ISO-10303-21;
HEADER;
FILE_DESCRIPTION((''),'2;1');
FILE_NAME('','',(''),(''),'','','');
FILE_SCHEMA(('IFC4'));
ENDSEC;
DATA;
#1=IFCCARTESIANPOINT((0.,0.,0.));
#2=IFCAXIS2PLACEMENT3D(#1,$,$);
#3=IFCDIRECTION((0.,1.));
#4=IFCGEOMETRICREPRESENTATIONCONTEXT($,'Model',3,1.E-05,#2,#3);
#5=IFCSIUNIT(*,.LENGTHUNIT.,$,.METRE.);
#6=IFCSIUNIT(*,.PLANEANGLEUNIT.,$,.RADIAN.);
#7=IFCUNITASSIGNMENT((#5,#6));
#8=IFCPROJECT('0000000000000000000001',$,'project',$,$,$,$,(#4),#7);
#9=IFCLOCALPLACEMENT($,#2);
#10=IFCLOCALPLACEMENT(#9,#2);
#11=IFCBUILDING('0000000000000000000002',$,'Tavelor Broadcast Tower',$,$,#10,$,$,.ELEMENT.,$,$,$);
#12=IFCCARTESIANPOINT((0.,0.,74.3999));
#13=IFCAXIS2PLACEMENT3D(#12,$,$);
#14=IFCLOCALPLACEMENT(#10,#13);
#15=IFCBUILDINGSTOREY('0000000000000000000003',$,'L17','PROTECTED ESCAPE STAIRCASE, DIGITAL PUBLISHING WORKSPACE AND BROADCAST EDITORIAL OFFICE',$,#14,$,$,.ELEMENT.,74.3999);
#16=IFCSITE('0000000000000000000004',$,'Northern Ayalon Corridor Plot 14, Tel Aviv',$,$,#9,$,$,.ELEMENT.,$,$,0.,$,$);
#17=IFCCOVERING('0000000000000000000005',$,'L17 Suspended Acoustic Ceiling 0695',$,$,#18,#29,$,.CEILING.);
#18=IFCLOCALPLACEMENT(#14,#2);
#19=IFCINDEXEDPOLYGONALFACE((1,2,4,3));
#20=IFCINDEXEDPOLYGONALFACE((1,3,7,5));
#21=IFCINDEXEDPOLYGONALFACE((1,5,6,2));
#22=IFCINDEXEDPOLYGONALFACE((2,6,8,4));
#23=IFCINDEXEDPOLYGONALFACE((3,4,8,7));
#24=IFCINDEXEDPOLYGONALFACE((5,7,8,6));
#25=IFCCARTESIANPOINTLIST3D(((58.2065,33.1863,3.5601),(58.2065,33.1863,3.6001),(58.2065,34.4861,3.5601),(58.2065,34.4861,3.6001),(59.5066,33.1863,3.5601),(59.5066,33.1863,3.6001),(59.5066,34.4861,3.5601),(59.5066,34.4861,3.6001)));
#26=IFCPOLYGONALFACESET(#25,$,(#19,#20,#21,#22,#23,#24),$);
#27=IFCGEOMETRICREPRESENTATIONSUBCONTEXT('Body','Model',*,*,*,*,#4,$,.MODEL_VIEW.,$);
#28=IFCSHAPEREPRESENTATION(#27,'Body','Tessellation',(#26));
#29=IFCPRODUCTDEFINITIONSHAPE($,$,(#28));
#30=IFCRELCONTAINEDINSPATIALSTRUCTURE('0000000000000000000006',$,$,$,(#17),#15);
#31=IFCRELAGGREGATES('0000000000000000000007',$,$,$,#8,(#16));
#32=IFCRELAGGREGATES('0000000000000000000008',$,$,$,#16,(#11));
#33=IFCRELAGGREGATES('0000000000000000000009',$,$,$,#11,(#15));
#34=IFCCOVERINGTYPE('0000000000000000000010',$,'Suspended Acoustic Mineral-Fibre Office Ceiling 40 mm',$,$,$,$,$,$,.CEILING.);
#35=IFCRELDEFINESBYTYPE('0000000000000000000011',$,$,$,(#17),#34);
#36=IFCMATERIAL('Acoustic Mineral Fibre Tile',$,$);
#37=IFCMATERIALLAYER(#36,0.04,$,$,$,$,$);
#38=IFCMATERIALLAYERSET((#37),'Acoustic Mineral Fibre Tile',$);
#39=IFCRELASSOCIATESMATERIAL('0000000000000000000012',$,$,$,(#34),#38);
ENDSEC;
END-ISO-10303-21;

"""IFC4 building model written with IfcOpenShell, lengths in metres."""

from ifc_helpers import new_model, si_unit, direction, frame, origin, place, context, subcontext, project, spatial, polyline, outline, extrude, material, layer, layer_set, type_object, element, save


model = new_model("IFC4")

# Units and contexts
model_context = context("Model", 3, precision=1e-05, world=origin(), true_north=direction((0.0, 1.0)))
body_context = subcontext(model_context, "Body", "Model", "MODEL_VIEW")
ifc_project = project(units=[si_unit("LENGTHUNIT", "METRE"), si_unit("PLANEANGLEUNIT", "RADIAN")], contexts=[model_context])

# Site, building, storey
site_placement = place(None, origin())
site = spatial("IfcSite", under=ifc_project, at=site_placement, Name="Northern Ayalon Corridor Plot 14, Tel Aviv", CompositionType="ELEMENT", RefElevation=0.0)
building_placement = place(site_placement, origin())
building = spatial("IfcBuilding", under=site, at=building_placement, Name="Tavelor Broadcast Tower", CompositionType="ELEMENT")
storey_placement = place(building_placement, frame((0.0, 0.0, 74.3999)))
storey = spatial("IfcBuildingStorey", under=building, at=storey_placement, Name="L17", Description="PROTECTED ESCAPE STAIRCASE, DIGITAL PUBLISHING WORKSPACE AND BROADCAST EDITORIAL OFFICE", CompositionType="ELEMENT", Elevation=74.3999)

# Covering
ifc_material_1 = material(Name="Acoustic Mineral Fibre Tile")
ifc_layer_1 = layer(ifc_material_1, 0.04)
ifc_layer_set_1 = layer_set([ifc_layer_1], Name="Acoustic Mineral Fibre Tile")
covering_type_1 = type_object("IfcCoveringType", Name="Suspended Acoustic Mineral-Fibre Office Ceiling 40 mm", PredefinedType="CEILING", material=ifc_layer_set_1)
covering_1_placement = place(storey_placement, frame((0.0, 0.0, 3.5601)))
element("IfcCovering", 1, at=covering_1_placement, inside=storey, type_object=covering_type_1, Name="L17 Suspended Acoustic Ceiling 0695", PredefinedType="CEILING", context=body_context, shape_type="SweptSolid", body=[
    extrude(outline(polyline([(58.2065, 33.1863), (59.5066, 33.1863), (59.5066, 34.4861), (58.2065, 34.4861), (58.2065, 33.1863)])), origin(), (0.0, 0.0, 1.0), 0.04),
])

save(model, "model.ifc")
